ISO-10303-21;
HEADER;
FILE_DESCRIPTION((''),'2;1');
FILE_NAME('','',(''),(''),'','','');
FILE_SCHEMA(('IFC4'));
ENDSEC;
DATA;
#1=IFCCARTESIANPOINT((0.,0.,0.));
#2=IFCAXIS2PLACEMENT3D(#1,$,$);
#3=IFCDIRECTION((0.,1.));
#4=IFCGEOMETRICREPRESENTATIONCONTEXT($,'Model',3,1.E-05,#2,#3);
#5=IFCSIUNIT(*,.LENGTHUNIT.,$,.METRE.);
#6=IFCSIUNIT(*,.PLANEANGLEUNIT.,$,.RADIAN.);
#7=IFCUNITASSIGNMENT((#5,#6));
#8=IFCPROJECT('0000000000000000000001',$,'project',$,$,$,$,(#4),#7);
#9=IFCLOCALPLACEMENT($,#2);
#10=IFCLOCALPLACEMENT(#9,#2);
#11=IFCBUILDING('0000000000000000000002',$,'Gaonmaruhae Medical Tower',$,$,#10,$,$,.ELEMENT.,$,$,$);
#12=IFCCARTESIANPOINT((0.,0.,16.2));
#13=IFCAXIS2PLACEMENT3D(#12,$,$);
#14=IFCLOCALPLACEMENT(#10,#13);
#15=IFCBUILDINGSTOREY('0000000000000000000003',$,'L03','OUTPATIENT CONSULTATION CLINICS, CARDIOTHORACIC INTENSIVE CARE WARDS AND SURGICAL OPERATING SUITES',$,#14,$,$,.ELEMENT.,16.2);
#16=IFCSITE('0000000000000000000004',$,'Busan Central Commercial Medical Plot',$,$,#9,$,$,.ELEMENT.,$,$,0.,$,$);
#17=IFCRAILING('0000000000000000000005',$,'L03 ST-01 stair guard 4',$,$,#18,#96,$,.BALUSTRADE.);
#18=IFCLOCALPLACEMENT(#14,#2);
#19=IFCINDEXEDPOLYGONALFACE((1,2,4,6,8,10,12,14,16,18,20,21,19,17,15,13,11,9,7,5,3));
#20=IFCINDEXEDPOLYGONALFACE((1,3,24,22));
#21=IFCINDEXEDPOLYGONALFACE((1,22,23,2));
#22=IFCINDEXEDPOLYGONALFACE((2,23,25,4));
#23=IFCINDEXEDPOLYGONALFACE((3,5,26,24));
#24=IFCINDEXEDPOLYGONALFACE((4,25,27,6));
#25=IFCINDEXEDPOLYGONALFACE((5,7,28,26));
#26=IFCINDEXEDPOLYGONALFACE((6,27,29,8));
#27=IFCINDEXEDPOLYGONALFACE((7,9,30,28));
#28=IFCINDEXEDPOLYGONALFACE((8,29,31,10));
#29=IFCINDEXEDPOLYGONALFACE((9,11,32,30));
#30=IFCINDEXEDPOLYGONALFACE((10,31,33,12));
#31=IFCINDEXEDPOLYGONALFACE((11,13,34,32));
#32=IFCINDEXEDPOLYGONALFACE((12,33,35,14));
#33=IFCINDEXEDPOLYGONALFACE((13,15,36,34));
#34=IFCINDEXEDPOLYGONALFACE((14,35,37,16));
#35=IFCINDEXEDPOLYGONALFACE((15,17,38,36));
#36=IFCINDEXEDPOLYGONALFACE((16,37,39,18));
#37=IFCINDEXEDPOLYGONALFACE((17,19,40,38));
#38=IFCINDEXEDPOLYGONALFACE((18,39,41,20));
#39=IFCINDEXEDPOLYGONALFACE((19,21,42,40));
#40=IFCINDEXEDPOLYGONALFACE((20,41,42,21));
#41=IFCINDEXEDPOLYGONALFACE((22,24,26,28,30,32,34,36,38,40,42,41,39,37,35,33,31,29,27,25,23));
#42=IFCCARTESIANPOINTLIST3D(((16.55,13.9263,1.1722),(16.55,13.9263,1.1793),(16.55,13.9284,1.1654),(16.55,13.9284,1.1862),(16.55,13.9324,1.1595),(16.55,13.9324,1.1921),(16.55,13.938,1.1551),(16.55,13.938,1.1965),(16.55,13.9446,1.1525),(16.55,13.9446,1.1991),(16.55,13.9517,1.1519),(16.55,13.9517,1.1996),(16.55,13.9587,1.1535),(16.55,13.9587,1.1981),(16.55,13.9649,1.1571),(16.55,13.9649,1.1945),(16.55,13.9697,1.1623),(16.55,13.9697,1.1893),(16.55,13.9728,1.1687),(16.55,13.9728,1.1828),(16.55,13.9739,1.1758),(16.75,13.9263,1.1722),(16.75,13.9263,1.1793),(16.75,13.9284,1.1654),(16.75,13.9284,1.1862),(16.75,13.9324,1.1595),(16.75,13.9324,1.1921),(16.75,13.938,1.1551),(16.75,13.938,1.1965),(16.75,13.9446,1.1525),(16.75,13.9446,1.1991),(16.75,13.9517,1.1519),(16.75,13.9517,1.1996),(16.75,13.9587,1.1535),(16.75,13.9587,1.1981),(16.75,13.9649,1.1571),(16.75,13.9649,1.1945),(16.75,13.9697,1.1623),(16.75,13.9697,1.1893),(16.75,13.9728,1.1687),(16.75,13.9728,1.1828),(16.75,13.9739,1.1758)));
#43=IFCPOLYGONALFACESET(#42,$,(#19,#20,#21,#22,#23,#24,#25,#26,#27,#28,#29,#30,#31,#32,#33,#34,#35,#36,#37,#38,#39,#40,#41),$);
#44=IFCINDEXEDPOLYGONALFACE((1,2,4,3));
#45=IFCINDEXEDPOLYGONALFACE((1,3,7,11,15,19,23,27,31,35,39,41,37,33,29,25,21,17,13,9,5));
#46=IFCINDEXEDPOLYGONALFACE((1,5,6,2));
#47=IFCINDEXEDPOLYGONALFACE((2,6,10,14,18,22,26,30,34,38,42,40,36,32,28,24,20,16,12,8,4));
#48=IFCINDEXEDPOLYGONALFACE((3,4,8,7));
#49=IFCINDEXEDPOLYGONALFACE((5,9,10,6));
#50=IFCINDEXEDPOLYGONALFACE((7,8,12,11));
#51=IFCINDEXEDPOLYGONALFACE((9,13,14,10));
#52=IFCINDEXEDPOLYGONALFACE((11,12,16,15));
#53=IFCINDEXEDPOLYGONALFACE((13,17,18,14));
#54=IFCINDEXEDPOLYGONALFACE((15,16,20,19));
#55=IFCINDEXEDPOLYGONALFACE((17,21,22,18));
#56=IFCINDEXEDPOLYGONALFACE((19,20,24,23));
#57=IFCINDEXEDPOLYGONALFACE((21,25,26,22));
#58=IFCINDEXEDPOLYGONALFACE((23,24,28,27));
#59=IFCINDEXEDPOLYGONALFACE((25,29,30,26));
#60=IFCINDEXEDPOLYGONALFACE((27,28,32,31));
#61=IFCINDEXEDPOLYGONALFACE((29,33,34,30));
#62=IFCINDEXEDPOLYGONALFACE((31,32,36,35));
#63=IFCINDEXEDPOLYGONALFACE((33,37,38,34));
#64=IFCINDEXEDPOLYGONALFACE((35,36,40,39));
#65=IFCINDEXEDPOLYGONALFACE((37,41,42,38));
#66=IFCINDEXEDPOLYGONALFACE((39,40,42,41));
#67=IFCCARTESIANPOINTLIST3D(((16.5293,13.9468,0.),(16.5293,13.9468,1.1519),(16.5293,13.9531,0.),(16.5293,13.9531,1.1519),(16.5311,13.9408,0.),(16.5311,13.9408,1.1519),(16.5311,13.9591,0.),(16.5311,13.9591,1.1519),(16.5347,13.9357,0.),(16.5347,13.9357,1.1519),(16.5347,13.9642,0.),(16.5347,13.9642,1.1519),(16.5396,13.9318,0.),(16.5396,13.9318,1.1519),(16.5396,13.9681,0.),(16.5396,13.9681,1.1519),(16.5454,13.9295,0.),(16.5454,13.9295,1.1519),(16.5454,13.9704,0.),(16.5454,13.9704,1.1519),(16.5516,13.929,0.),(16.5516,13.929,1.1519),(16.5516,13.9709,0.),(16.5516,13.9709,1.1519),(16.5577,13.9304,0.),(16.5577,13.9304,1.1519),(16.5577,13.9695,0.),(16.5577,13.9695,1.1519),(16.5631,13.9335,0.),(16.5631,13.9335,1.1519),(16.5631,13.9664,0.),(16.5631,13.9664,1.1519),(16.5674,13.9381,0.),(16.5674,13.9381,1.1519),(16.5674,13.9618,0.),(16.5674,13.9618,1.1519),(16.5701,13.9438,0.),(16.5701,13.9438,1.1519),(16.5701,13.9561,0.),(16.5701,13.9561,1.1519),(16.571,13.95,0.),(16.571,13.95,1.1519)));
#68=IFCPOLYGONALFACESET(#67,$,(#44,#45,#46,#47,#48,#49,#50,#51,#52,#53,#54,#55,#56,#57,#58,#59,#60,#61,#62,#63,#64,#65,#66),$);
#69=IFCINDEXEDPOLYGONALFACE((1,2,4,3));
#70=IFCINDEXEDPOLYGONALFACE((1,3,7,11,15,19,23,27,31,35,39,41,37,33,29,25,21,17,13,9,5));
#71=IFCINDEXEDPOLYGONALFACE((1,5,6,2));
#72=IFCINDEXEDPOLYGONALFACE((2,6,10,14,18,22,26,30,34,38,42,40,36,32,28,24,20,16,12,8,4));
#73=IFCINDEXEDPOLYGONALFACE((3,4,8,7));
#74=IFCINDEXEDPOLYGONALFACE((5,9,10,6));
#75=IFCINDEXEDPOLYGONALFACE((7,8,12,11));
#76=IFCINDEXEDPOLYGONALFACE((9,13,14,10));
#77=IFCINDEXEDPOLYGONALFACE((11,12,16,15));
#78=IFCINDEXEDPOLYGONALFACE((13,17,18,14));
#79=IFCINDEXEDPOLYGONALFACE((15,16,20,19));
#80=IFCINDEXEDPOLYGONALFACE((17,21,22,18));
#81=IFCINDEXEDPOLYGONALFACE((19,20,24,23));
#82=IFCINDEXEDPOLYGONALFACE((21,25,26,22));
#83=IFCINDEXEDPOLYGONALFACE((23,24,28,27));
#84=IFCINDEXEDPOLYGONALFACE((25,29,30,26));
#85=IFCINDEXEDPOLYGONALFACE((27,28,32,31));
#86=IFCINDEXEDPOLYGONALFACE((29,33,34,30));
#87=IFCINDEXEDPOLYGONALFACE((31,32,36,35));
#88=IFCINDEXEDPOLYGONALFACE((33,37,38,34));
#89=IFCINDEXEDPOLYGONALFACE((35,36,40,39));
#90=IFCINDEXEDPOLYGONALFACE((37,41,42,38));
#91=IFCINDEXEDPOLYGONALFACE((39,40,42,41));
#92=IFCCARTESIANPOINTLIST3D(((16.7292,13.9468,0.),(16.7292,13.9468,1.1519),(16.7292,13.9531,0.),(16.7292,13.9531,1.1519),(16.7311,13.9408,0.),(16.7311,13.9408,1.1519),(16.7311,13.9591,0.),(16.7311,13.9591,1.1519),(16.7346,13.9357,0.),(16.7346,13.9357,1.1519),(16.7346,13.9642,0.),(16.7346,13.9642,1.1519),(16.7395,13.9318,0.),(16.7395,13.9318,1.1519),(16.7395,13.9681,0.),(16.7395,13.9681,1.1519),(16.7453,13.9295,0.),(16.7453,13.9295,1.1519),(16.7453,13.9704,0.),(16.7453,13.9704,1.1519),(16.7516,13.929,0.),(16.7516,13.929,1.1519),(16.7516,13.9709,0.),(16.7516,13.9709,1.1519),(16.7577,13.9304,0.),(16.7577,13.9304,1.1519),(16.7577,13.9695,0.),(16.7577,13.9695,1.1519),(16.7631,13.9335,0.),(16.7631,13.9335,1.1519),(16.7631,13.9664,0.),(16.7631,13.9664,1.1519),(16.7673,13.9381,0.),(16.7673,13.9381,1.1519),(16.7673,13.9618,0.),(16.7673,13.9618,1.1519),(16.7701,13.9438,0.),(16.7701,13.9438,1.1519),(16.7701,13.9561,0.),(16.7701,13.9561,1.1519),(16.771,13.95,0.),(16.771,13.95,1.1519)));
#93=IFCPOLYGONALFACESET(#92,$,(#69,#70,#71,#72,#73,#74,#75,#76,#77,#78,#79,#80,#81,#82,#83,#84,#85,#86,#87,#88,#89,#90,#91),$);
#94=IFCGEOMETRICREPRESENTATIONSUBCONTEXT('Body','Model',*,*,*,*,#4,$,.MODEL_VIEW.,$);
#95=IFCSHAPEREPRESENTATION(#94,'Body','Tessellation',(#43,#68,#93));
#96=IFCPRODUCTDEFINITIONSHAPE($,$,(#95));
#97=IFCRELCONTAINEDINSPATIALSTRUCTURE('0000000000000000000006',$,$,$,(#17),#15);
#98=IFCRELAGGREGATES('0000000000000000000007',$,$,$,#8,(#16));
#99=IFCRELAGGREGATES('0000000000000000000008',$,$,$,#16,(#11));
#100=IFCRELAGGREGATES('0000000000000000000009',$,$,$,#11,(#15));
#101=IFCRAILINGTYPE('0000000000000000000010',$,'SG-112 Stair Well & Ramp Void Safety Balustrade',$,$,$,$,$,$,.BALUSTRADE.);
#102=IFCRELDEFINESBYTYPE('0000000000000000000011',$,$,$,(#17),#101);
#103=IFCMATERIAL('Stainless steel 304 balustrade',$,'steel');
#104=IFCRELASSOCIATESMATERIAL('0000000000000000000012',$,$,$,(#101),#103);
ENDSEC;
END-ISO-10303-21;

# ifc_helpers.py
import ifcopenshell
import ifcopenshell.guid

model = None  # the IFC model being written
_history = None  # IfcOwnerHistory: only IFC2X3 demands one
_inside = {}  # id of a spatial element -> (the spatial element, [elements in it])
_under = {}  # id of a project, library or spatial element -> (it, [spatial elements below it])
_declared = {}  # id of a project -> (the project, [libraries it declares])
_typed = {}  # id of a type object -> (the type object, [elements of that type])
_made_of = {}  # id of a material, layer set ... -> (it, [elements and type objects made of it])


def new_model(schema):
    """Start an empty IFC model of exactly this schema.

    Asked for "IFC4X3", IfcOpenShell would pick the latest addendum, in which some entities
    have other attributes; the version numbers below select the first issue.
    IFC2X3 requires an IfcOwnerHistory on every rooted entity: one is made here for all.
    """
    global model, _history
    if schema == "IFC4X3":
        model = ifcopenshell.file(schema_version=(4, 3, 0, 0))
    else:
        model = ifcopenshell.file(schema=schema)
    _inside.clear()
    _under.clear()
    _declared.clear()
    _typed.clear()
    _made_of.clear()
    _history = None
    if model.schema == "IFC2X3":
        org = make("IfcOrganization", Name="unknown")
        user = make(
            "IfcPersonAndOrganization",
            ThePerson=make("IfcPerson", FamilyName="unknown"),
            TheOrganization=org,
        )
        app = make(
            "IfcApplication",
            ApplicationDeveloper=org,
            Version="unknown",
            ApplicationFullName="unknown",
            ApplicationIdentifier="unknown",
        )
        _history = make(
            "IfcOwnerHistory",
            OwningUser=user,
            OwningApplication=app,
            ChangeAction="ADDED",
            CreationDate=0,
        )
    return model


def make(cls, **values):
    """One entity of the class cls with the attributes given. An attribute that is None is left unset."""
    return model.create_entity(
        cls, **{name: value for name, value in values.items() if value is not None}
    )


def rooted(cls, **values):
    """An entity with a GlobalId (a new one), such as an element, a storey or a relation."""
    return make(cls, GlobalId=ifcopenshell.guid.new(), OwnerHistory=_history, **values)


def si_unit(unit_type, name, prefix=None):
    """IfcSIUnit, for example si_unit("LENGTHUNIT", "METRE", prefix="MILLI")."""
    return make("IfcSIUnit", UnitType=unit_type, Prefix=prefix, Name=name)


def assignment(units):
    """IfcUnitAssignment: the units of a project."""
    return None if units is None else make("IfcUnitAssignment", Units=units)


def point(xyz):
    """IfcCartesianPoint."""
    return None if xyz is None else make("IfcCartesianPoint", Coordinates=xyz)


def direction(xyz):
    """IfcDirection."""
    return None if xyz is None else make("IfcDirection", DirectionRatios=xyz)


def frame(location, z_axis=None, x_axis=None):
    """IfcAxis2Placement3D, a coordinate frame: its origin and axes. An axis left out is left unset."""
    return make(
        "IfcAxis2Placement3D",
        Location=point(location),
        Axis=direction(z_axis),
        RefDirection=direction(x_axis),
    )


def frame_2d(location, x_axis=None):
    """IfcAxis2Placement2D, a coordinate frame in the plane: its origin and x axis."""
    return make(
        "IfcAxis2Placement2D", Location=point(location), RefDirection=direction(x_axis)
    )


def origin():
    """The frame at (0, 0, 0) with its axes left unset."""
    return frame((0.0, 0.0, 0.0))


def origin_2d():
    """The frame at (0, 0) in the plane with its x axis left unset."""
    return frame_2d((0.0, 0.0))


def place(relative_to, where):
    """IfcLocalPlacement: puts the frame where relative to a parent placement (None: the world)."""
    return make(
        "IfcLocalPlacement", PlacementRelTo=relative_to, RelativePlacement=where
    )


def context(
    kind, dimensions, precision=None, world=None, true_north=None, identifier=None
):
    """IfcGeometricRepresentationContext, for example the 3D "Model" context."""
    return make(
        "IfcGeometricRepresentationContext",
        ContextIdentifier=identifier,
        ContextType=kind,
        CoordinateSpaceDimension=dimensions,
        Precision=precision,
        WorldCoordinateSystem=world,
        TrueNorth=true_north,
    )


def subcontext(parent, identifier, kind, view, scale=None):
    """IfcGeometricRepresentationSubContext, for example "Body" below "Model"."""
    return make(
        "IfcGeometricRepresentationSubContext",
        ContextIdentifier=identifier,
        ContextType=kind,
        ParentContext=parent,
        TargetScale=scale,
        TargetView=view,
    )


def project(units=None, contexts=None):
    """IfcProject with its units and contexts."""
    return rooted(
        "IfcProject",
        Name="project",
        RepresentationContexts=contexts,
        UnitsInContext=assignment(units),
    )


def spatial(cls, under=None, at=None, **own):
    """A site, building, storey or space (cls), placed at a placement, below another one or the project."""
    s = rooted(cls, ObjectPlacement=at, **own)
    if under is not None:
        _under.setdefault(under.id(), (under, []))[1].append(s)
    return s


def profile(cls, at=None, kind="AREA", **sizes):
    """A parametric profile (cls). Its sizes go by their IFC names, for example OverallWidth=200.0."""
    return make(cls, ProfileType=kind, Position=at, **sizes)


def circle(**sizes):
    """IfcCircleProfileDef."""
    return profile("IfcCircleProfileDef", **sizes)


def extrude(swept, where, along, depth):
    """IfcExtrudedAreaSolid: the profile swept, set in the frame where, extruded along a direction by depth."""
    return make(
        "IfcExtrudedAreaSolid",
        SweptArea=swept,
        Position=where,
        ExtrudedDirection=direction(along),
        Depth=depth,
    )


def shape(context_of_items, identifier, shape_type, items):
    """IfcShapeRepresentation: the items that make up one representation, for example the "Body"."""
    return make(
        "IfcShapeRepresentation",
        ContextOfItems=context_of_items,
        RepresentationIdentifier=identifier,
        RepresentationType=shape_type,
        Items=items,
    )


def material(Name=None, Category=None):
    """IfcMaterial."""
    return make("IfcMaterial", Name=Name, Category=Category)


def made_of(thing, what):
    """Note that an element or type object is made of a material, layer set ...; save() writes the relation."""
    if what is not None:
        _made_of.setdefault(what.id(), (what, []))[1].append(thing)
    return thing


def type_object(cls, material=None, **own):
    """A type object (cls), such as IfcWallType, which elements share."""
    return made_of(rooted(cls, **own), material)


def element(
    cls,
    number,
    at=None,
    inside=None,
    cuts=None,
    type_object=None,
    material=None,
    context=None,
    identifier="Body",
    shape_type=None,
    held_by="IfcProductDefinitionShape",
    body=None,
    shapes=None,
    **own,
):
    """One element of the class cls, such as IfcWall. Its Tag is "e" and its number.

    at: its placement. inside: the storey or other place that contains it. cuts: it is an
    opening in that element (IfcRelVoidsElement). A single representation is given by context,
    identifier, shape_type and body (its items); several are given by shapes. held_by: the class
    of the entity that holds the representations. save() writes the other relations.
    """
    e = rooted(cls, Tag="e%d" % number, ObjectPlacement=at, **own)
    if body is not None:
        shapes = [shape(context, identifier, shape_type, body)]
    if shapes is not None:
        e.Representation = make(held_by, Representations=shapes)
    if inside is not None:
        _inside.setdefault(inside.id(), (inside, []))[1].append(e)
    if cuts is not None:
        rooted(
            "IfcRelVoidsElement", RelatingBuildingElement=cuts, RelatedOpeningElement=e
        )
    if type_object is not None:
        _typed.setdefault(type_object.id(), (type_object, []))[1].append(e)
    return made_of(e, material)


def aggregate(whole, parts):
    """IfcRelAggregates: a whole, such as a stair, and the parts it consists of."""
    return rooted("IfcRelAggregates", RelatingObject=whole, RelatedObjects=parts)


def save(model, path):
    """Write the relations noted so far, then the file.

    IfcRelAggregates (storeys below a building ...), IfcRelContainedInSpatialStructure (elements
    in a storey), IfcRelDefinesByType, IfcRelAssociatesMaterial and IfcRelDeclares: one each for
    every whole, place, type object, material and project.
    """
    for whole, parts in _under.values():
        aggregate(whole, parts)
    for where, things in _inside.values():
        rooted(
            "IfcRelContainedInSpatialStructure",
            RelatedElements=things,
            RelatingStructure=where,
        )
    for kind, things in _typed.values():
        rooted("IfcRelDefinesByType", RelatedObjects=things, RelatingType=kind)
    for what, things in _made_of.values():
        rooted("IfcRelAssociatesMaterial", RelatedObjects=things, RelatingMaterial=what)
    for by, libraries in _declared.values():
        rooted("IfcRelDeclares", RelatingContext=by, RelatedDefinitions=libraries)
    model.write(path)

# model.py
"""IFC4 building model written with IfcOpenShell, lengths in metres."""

from ifc_helpers import new_model, si_unit, direction, frame, origin, origin_2d, place, context, subcontext, project, spatial, circle, extrude, material, type_object, element, save


model = new_model("IFC4")

# Units and contexts
model_context = context("Model", 3, precision=1e-05, world=origin(), true_north=direction((0.0, 1.0)))
body_context = subcontext(model_context, "Body", "Model", "MODEL_VIEW")
ifc_project = project(units=[si_unit("LENGTHUNIT", "METRE"), si_unit("PLANEANGLEUNIT", "RADIAN")], contexts=[model_context])

# Site, building, storey
site_placement = place(None, origin())
site = spatial("IfcSite", under=ifc_project, at=site_placement, Name="Busan Central Commercial Medical Plot", CompositionType="ELEMENT", RefElevation=0.0)
building_placement = place(site_placement, origin())
building = spatial("IfcBuilding", under=site, at=building_placement, Name="Gaonmaruhae Medical Tower", CompositionType="ELEMENT")
storey_placement = place(building_placement, frame((0.0, 0.0, 16.2)))
storey = spatial("IfcBuildingStorey", under=building, at=storey_placement, Name="L03", Description="OUTPATIENT CONSULTATION CLINICS, CARDIOTHORACIC INTENSIVE CARE WARDS AND SURGICAL OPERATING SUITES", CompositionType="ELEMENT", Elevation=16.2)

# Railing
ifc_material_1 = material(Name="Stainless steel 304 balustrade", Category="steel")
railing_type_1 = type_object("IfcRailingType", Name="SG-112 Stair Well & Ramp Void Safety Balustrade", PredefinedType="BALUSTRADE", material=ifc_material_1)
railing_1_placement = place(storey_placement, frame((16.55, 13.95, 0.0)))
element("IfcRailing", 1, at=railing_1_placement, inside=storey, type_object=railing_type_1, Name="L03 ST-01 stair guard 4", PredefinedType="BALUSTRADE", context=body_context, shape_type="SweptSolid", body=[
    extrude(circle(Radius=0.0239, at=origin_2d()), frame((0.0, 0.0, 1.1758), z_axis=(1.0, 0.0, 0.0), x_axis=(0.0, 1.0, 0.0)), (0.0, 0.0, 1.0), 0.2),
    extrude(circle(Radius=0.021, at=origin_2d()), origin(), (0.0, 0.0, 1.0), 1.1519),
    extrude(circle(Radius=0.021, at=origin_2d()), frame((0.2, 0.0, 0.0)), (0.0, 0.0, 1.0), 1.1519),
])

save(model, "model.ifc")
